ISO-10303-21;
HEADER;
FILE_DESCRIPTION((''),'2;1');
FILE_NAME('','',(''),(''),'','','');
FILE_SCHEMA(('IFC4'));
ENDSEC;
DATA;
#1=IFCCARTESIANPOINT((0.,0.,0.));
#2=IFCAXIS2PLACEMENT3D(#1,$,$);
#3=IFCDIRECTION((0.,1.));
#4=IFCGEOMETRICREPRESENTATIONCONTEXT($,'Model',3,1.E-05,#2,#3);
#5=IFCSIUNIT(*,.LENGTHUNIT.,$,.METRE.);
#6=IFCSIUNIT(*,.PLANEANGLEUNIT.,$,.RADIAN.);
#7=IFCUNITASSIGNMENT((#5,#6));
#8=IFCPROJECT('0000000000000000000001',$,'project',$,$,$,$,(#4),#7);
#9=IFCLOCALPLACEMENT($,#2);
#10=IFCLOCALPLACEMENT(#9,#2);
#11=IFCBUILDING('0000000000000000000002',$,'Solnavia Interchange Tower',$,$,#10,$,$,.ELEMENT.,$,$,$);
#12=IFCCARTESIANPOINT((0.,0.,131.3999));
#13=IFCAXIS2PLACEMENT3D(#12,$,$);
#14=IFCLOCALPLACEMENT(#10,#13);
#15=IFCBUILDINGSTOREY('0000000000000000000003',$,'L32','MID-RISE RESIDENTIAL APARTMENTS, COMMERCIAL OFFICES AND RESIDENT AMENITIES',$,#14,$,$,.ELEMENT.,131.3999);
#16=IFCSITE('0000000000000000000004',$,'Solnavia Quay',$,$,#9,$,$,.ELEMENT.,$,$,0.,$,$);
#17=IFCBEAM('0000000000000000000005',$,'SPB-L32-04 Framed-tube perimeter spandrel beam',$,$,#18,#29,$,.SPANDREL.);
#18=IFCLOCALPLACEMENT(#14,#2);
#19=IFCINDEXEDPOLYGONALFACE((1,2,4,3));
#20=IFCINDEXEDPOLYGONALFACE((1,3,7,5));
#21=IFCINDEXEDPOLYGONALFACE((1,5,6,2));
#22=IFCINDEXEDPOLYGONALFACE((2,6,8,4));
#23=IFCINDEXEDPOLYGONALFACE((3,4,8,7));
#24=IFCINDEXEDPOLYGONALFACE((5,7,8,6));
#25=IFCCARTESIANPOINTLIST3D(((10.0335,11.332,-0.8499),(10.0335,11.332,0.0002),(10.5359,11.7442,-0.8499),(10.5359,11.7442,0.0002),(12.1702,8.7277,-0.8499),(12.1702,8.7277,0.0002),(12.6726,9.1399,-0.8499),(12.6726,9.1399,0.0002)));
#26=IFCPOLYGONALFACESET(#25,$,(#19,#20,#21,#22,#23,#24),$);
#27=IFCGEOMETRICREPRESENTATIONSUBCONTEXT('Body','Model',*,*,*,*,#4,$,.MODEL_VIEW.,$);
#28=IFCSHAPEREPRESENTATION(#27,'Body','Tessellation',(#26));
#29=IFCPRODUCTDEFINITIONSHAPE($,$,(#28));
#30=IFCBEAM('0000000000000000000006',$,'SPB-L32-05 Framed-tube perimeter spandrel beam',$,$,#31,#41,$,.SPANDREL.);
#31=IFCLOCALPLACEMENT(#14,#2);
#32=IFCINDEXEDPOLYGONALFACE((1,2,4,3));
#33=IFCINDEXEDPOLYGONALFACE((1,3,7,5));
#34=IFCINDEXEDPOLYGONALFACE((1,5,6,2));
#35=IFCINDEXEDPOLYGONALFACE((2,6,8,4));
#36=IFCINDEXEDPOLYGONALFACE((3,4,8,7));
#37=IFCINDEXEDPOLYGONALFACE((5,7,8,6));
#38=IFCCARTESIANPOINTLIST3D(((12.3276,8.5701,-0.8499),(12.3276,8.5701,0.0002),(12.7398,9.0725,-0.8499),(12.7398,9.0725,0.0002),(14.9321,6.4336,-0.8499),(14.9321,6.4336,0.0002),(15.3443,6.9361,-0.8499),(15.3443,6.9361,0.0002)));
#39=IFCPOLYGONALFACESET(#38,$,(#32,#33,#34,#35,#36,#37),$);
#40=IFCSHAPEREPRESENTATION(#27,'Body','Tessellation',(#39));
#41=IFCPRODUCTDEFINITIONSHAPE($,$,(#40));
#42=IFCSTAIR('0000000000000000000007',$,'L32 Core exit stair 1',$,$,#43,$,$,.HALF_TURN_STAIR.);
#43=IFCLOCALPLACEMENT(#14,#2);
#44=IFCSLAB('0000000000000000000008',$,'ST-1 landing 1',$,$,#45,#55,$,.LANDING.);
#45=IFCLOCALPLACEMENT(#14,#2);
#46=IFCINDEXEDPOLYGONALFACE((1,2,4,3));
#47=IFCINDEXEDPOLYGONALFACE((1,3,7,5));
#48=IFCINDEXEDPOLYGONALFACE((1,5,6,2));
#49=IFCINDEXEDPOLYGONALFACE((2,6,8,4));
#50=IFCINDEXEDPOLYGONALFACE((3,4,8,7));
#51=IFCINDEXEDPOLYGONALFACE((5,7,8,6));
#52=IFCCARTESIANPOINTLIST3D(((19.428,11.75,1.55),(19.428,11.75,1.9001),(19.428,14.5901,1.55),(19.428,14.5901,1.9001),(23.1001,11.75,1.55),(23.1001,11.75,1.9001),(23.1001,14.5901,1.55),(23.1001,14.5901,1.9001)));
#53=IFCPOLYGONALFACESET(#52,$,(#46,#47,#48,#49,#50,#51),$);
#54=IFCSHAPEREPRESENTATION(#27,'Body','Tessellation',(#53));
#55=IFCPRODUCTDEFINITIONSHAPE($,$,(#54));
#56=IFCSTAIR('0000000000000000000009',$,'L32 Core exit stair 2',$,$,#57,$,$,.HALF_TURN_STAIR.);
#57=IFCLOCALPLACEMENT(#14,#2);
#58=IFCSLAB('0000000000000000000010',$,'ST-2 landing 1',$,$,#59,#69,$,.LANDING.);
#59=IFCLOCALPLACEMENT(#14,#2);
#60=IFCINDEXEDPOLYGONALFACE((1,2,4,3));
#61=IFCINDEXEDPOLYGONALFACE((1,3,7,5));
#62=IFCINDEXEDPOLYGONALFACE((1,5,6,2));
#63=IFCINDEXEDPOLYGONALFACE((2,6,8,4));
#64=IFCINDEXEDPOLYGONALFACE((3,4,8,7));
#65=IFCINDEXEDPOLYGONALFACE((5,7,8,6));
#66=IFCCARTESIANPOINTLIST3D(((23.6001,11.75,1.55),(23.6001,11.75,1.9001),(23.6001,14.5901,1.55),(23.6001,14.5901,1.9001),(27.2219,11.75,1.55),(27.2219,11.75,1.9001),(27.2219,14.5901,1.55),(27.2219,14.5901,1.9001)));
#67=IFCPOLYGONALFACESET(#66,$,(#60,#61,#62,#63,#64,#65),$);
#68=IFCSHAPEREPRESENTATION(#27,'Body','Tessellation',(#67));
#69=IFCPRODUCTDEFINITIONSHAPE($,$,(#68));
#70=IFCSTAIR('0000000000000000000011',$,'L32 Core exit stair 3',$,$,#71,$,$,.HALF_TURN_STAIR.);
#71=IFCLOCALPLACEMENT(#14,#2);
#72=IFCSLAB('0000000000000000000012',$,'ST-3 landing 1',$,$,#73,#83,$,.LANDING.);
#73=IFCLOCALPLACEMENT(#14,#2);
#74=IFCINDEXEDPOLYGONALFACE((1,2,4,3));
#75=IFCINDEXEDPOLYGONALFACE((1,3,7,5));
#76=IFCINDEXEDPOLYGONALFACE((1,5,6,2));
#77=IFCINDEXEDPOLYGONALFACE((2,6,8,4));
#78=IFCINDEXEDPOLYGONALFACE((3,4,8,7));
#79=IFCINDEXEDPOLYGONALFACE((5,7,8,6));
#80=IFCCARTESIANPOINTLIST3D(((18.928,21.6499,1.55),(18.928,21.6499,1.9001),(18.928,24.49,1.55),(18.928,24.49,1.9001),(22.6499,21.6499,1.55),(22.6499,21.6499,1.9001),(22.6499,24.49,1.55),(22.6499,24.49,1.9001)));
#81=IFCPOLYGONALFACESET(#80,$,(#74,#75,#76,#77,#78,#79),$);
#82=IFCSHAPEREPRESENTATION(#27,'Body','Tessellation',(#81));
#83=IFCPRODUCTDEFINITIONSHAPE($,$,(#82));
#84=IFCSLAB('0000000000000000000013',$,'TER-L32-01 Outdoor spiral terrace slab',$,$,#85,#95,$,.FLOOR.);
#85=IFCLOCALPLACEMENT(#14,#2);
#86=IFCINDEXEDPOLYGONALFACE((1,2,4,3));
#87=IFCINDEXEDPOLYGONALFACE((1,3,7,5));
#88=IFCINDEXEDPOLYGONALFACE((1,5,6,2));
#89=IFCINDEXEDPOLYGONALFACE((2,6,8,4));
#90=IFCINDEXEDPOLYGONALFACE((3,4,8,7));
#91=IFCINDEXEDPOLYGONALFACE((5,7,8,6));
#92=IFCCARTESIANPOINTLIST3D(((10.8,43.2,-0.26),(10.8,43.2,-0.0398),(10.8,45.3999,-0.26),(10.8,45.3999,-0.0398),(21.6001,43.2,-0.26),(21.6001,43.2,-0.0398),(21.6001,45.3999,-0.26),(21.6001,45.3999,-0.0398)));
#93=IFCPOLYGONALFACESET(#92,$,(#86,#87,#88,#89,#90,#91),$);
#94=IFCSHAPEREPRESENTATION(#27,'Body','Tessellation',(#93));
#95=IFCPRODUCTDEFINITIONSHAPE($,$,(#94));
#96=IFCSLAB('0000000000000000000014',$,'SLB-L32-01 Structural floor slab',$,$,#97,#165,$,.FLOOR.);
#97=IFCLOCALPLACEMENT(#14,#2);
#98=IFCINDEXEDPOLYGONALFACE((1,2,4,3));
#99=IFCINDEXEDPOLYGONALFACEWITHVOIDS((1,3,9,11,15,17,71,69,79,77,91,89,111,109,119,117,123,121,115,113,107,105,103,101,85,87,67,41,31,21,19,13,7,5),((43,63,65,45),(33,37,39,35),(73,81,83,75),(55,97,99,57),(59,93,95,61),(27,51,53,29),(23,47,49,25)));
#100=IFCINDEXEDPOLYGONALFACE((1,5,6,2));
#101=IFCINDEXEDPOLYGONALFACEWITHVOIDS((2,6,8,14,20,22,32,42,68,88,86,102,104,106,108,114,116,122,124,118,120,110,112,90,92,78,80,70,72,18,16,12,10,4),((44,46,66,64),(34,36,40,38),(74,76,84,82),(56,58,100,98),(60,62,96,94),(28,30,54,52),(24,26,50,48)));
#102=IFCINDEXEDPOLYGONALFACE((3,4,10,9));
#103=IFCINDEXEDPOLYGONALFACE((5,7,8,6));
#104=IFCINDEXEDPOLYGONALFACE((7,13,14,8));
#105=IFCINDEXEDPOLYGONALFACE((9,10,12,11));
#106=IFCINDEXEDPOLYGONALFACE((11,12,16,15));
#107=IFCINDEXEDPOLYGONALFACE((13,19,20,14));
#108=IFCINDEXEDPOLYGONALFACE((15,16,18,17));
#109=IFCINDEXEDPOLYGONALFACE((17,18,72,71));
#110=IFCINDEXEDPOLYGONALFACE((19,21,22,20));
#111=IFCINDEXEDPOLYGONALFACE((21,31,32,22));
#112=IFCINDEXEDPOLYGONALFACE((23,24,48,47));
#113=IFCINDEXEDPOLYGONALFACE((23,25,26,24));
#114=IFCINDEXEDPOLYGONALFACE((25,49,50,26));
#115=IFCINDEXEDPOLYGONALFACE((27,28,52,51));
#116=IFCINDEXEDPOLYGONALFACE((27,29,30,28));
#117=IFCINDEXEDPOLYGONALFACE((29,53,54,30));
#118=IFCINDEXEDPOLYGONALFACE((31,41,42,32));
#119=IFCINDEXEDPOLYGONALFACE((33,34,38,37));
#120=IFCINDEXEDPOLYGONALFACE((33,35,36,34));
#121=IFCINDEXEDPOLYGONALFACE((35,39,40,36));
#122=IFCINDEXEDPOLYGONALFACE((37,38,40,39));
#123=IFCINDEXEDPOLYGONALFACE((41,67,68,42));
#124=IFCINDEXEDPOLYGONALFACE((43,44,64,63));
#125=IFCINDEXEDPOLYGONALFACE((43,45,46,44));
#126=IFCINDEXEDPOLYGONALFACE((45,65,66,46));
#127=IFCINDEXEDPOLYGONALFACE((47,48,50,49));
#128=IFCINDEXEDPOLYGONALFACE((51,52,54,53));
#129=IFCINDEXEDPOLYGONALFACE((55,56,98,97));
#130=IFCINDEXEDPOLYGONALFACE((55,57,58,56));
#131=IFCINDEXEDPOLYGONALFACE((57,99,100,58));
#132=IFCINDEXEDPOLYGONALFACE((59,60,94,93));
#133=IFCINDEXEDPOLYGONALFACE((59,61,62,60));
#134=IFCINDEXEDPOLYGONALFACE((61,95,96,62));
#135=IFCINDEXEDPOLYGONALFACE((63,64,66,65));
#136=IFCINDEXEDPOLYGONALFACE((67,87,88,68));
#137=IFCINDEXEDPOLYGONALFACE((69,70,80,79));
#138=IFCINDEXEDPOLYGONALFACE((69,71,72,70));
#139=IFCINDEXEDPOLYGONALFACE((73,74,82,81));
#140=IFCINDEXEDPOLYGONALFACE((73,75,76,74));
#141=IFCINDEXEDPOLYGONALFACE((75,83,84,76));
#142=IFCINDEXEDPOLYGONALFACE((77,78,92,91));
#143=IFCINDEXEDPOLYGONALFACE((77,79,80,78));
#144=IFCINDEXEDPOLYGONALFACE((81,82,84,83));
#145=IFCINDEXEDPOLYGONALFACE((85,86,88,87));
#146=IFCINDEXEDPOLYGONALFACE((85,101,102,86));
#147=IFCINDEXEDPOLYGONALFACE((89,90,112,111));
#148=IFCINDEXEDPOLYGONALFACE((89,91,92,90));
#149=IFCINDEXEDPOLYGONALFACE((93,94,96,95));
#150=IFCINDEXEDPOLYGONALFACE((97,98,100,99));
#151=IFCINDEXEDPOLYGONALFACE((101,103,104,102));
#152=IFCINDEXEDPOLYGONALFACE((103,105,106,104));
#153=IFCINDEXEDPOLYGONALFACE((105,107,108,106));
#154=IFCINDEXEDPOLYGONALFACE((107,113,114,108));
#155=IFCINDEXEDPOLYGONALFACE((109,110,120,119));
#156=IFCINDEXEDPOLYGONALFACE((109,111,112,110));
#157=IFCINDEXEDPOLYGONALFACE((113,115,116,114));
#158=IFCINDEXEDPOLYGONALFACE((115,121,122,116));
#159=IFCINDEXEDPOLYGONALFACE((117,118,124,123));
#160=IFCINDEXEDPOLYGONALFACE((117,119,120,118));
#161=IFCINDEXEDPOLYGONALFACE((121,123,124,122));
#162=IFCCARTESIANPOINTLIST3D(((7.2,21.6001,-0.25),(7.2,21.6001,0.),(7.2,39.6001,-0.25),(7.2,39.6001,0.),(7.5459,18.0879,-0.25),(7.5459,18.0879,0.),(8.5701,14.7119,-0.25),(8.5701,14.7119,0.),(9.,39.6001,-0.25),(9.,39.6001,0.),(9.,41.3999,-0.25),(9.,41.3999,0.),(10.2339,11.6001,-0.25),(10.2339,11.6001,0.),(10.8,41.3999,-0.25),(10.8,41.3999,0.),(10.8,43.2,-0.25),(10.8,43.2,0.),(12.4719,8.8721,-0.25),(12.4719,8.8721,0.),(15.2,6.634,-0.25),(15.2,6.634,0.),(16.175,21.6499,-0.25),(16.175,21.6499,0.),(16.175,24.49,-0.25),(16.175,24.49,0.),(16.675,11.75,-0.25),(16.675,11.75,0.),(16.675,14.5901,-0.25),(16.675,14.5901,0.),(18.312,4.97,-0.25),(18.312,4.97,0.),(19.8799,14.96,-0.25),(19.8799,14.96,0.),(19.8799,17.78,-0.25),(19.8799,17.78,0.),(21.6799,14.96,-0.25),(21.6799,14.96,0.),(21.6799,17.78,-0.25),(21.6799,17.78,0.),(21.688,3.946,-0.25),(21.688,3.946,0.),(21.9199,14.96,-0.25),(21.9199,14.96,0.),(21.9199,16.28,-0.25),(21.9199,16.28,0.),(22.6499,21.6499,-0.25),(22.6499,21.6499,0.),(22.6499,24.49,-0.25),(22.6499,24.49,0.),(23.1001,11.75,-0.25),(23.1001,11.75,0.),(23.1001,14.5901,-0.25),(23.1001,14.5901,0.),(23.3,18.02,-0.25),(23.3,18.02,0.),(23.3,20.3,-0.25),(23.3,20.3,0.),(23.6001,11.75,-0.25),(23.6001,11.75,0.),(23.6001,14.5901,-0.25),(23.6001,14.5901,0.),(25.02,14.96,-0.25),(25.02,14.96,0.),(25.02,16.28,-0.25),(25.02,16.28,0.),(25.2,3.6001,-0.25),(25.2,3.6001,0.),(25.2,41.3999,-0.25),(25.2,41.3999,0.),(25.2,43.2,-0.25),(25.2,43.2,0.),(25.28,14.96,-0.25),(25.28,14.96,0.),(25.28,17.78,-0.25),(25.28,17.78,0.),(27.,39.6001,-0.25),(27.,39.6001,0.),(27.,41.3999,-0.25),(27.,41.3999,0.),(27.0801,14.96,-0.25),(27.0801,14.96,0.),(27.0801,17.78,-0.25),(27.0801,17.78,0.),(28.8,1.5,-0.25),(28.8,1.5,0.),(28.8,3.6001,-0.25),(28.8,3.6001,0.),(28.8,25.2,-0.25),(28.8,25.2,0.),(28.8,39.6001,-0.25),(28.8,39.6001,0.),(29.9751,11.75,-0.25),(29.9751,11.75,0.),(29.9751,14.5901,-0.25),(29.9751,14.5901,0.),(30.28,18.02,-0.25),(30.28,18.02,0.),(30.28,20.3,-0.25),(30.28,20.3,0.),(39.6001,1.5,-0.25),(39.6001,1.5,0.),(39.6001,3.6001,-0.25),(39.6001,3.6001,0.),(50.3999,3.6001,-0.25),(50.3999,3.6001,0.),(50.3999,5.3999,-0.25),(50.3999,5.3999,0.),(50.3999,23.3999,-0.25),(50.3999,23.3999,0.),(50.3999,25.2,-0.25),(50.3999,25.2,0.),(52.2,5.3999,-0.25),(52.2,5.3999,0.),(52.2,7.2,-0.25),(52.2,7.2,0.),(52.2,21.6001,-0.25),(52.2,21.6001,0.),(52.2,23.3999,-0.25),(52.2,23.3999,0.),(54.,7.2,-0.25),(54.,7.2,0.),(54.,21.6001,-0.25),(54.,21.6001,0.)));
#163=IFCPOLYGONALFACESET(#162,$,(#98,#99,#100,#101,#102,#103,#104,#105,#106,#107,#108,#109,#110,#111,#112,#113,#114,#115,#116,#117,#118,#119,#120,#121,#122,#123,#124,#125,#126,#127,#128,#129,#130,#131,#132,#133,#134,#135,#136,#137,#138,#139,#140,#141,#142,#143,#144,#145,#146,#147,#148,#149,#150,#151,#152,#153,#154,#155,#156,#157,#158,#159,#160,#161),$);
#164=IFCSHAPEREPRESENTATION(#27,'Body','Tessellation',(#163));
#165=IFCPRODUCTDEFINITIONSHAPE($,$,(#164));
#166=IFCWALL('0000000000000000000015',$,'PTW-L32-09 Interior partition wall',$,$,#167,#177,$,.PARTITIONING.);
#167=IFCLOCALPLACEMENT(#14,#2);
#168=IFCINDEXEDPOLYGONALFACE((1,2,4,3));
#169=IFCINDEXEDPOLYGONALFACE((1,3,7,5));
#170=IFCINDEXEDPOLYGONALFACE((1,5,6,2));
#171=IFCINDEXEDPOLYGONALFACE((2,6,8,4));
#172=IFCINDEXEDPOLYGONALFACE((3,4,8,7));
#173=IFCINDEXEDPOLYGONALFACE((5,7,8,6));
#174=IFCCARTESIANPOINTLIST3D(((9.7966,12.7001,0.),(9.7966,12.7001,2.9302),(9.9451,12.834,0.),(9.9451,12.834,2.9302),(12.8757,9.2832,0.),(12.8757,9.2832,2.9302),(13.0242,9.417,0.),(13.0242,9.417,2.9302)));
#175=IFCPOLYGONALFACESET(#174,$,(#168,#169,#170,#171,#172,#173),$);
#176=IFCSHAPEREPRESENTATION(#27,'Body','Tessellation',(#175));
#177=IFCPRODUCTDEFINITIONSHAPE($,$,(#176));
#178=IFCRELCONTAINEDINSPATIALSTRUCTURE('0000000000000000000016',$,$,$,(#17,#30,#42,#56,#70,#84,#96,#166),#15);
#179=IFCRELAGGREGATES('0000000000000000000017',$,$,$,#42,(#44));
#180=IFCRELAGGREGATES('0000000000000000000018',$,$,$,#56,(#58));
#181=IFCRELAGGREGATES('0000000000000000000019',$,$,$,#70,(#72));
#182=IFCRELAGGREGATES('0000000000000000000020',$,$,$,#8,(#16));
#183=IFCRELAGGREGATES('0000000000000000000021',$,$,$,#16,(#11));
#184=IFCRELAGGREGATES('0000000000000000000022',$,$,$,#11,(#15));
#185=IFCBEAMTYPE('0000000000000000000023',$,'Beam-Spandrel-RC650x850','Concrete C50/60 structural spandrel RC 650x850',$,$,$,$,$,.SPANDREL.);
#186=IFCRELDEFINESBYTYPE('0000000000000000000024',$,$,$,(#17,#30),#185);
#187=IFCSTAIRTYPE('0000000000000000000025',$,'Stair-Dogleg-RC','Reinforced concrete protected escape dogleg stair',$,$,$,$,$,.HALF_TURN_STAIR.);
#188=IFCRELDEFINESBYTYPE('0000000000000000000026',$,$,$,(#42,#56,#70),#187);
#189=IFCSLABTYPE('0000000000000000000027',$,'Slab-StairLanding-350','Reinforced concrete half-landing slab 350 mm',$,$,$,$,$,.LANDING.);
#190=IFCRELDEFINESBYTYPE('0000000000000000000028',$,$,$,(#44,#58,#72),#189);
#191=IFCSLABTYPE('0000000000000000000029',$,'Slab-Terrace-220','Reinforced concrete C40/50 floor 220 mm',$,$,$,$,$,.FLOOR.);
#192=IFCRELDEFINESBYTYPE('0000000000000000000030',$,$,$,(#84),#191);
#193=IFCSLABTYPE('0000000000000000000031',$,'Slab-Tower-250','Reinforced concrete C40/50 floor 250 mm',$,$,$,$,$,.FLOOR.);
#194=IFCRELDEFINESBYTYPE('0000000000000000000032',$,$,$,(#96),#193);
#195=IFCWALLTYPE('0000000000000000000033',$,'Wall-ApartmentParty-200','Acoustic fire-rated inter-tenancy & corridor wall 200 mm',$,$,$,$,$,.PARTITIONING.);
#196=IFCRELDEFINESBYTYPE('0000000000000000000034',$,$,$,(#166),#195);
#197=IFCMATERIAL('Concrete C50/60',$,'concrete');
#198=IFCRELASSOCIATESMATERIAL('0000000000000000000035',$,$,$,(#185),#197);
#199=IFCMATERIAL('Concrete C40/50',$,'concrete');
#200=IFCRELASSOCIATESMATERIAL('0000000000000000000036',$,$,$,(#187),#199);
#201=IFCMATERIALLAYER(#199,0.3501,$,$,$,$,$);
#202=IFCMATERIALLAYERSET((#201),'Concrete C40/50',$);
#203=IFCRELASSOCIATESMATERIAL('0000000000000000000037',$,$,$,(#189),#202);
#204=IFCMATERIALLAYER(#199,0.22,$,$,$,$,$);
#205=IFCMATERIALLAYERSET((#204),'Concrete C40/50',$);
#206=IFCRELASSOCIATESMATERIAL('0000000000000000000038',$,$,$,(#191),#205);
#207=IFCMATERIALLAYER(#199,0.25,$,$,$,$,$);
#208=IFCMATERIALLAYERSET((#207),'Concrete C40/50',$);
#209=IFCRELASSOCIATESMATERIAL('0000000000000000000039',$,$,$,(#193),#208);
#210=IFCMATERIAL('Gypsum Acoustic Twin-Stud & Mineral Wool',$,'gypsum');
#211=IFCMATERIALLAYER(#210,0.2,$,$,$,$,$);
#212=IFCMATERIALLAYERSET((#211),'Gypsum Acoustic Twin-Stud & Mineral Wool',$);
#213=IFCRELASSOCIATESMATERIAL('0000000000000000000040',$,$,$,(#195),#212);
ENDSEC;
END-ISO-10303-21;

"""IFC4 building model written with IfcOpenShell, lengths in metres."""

from ifc_helpers import new_model, si_unit, direction, frame, frame_2d, origin, origin_2d, place, context, subcontext, project, spatial, polyline, rectangle, outline, extrude, material, layer, layer_set, material_profile, profile_set, type_object, element, aggregate, save


model = new_model("IFC4")

# Units and contexts
model_context = context("Model", 3, precision=1e-05, world=origin(), true_north=direction((0.0, 1.0)))
body_context = subcontext(model_context, "Body", "Model", "MODEL_VIEW")
ifc_project = project(units=[si_unit("LENGTHUNIT", "METRE"), si_unit("PLANEANGLEUNIT", "RADIAN")], contexts=[model_context])

# Site, building, storey
site_placement = place(None, origin())
site = spatial("IfcSite", under=ifc_project, at=site_placement, Name="Solnavia Quay", CompositionType="ELEMENT", RefElevation=0.0)
building_placement = place(site_placement, origin())
building = spatial("IfcBuilding", under=site, at=building_placement, Name="Solnavia Interchange Tower", CompositionType="ELEMENT")
storey_placement = place(building_placement, frame((0.0, 0.0, 131.3999)))
storey = spatial("IfcBuildingStorey", under=building, at=storey_placement, Name="L32", Description="MID-RISE RESIDENTIAL APARTMENTS, COMMERCIAL OFFICES AND RESIDENT AMENITIES", CompositionType="ELEMENT", Elevation=131.3999)

# Shared definitions
ifc_material_1 = material(Name="Concrete C50/60", Category="concrete")

# Beams
ifc_material_profile_1 = material_profile(ifc_material_1, rectangle(XDim=0.6499, YDim=0.8501, at=origin_2d()), Name="RC 650x850")
ifc_profile_set_1 = profile_set([ifc_material_profile_1], Name="Concrete C50/60")
beam_type_1 = type_object("IfcBeamType", Name="Beam-Spandrel-RC650x850", Description="Concrete C50/60 structural spandrel RC 650x850", PredefinedType="SPANDREL", material=ifc_profile_set_1)
for number, where, z_axis, x_axis, name in (
    (1, (10.2847, 11.5381, -0.4248), (0.634299, -0.773088, 0.0), (0.773088, 0.634299, 0.0), "SPB-L32-04 Framed-tube perimeter spandrel beam"),
    (2, (12.5337, 8.8213, -0.4248), (0.773153, -0.63422, 0.0), (0.63422, 0.773153, 0.0), "SPB-L32-05 Framed-tube perimeter spandrel beam"),
):
    element("IfcBeam", number, at=place(storey_placement, frame(where, z_axis=z_axis, x_axis=x_axis)), inside=storey, type_object=beam_type_1, Name=name, PredefinedType="SPANDREL", context=body_context, shape_type="SweptSolid", body=[
        extrude(rectangle(XDim=0.6499, YDim=0.8501, at=origin_2d()), origin(), (0.0, 0.0, 1.0), 3.3687),
    ])

# Stairs, slabs
ifc_material_2 = material(Name="Concrete C40/50", Category="concrete")
stair_type = type_object("IfcStairType", Name="Stair-Dogleg-RC", Description="Reinforced concrete protected escape dogleg stair", PredefinedType="HALF_TURN_STAIR", material=ifc_material_2)
stair_1_placement = place(storey_placement, origin())
stair_1 = element("IfcStair", 3, at=stair_1_placement, inside=storey, type_object=stair_type, Name="L32 Core exit stair 1", PredefinedType="HALF_TURN_STAIR")
ifc_layer_1 = layer(ifc_material_2, 0.3501)
ifc_layer_set_1 = layer_set([ifc_layer_1], Name="Concrete C40/50")
slab_type_1 = type_object("IfcSlabType", Name="Slab-StairLanding-350", Description="Reinforced concrete half-landing slab 350 mm", PredefinedType="LANDING", material=ifc_layer_set_1)
slab_1_placement = place(storey_placement, frame((0.0, 0.0, 1.55)))
slab_1 = element("IfcSlab", 4, at=slab_1_placement, type_object=slab_type_1, Name="ST-1 landing 1", PredefinedType="LANDING", context=body_context, shape_type="SweptSolid", body=[
    extrude(outline(polyline([(19.428, 11.75), (23.1001, 11.75), (23.1001, 14.5901), (19.428, 14.5901), (19.428, 11.75)])), origin(), (0.0, 0.0, 1.0), 0.3501),
])
aggregate(stair_1, [slab_1])
stair_2_placement = place(storey_placement, origin())
stair_2 = element("IfcStair", 5, at=stair_2_placement, inside=storey, type_object=stair_type, Name="L32 Core exit stair 2", PredefinedType="HALF_TURN_STAIR")
slab_2_placement = place(storey_placement, frame((0.0, 0.0, 1.55)))
slab_2 = element("IfcSlab", 6, at=slab_2_placement, type_object=slab_type_1, Name="ST-2 landing 1", PredefinedType="LANDING", context=body_context, shape_type="SweptSolid", body=[
    extrude(outline(polyline([(23.6001, 11.75), (27.2219, 11.75), (27.2219, 14.5901), (23.6001, 14.5901), (23.6001, 11.75)])), origin(), (0.0, 0.0, 1.0), 0.3501),
])
aggregate(stair_2, [slab_2])
stair_3_placement = place(storey_placement, origin())
stair_3 = element("IfcStair", 7, at=stair_3_placement, inside=storey, type_object=stair_type, Name="L32 Core exit stair 3", PredefinedType="HALF_TURN_STAIR")
slab_3_placement = place(storey_placement, frame((0.0, 0.0, 1.55)))
slab_3 = element("IfcSlab", 8, at=slab_3_placement, type_object=slab_type_1, Name="ST-3 landing 1", PredefinedType="LANDING", context=body_context, shape_type="SweptSolid", body=[
    extrude(outline(polyline([(18.928, 21.6499), (22.6499, 21.6499), (22.6499, 24.49), (18.928, 24.49), (18.928, 21.6499)])), origin(), (0.0, 0.0, 1.0), 0.3501),
])
aggregate(stair_3, [slab_3])

# Slabs
ifc_layer_2 = layer(ifc_material_2, 0.22)
ifc_layer_set_2 = layer_set([ifc_layer_2], Name="Concrete C40/50")
slab_type_2 = type_object("IfcSlabType", Name="Slab-Terrace-220", Description="Reinforced concrete C40/50 floor 220 mm", PredefinedType="FLOOR", material=ifc_layer_set_2)
slab_4_placement = place(storey_placement, frame((0.0, 0.0, -0.26)))
element("IfcSlab", 9, at=slab_4_placement, inside=storey, type_object=slab_type_2, Name="TER-L32-01 Outdoor spiral terrace slab", PredefinedType="FLOOR", context=body_context, shape_type="SweptSolid", body=[
    extrude(outline(polyline([(10.8, 43.2), (21.6001, 43.2), (21.6001, 45.3999), (10.8, 45.3999), (10.8, 43.2)])), origin(), (0.0, 0.0, 1.0), 0.2202),
])
ifc_layer_3 = layer(ifc_material_2, 0.25)
ifc_layer_set_3 = layer_set([ifc_layer_3], Name="Concrete C40/50")
slab_type_3 = type_object("IfcSlabType", Name="Slab-Tower-250", Description="Reinforced concrete C40/50 floor 250 mm", PredefinedType="FLOOR", material=ifc_layer_set_3)
slab_5_placement = place(storey_placement, frame((0.0, 0.0, -0.25)))
element("IfcSlab", 10, at=slab_5_placement, inside=storey, type_object=slab_type_3, Name="SLB-L32-01 Structural floor slab", PredefinedType="FLOOR", context=body_context, shape_type="SweptSolid", body=[
    extrude(outline(polyline([(25.2, 3.6001), (28.8, 3.6001), (28.8, 1.5), (39.6001, 1.5), (39.6001, 3.6001), (50.3999, 3.6001), (50.3999, 5.3999), (52.2, 5.3999), (52.2, 7.2), (54.0, 7.2), (54.0, 21.6001), (52.2, 21.6001), (52.2, 23.3999), (50.3999, 23.3999), (50.3999, 25.2), (28.8, 25.2), (28.8, 39.6001), (27.0, 39.6001), (27.0, 41.3999), (25.2, 41.3999), (25.2, 43.2), (10.8, 43.2), (10.8, 41.3999), (9.0, 41.3999), (9.0, 39.6001), (7.2, 39.6001), (7.2, 21.6001), (7.5459, 18.0879), (8.5701, 14.7119), (10.2339, 11.6001), (12.4719, 8.8721), (15.2, 6.634), (18.312, 4.97), (21.688, 3.946), (25.2, 3.6001)]), holes=[polyline([(16.675, 11.75), (23.1001, 11.75), (23.1001, 14.5901), (16.675, 14.5901), (16.675, 11.75)]), polyline([(23.6001, 11.75), (29.9751, 11.75), (29.9751, 14.5901), (23.6001, 14.5901), (23.6001, 11.75)]), polyline([(16.175, 21.6499), (22.6499, 21.6499), (22.6499, 24.49), (16.175, 24.49), (16.175, 21.6499)]), polyline([(19.8799, 14.96), (21.6799, 14.96), (21.6799, 17.78), (19.8799, 17.78), (19.8799, 14.96)]), polyline([(25.28, 14.96), (27.0801, 14.96), (27.0801, 17.78), (25.28, 17.78), (25.28, 14.96)]), polyline([(21.9199, 14.96), (25.02, 14.96), (25.02, 16.28), (21.9199, 16.28), (21.9199, 14.96)]), polyline([(23.3, 18.02), (30.28, 18.02), (30.28, 20.3), (23.3, 20.3), (23.3, 18.02)])]), origin(), (0.0, 0.0, 1.0), 0.25),
])

# Wall
ifc_material_3 = material(Name="Gypsum Acoustic Twin-Stud & Mineral Wool", Category="gypsum")
ifc_layer_4 = layer(ifc_material_3, 0.2)
ifc_layer_set_4 = layer_set([ifc_layer_4], Name="Gypsum Acoustic Twin-Stud & Mineral Wool")
wall_type_1 = type_object("IfcWallType", Name="Wall-ApartmentParty-200", Description="Acoustic fire-rated inter-tenancy & corridor wall 200 mm", PredefinedType="PARTITIONING", material=ifc_layer_set_4)
wall_1_placement = place(storey_placement, frame((12.95, 9.3501, 0.0), z_axis=(0.0, 0.0, 1.0), x_axis=(-0.669422, 0.742882, 0.0)))
element("IfcWall", 11, at=wall_1_placement, inside=storey, type_object=wall_type_1, Name="PTW-L32-09 Interior partition wall", PredefinedType="PARTITIONING", context=body_context, shape_type="SweptSolid", body=[
    extrude(rectangle(XDim=4.5996, YDim=0.2, at=frame_2d((2.2998, 0.0))), origin(), (0.0, 0.0, 1.0), 2.9302),
])

save(model, "model.ifc")
